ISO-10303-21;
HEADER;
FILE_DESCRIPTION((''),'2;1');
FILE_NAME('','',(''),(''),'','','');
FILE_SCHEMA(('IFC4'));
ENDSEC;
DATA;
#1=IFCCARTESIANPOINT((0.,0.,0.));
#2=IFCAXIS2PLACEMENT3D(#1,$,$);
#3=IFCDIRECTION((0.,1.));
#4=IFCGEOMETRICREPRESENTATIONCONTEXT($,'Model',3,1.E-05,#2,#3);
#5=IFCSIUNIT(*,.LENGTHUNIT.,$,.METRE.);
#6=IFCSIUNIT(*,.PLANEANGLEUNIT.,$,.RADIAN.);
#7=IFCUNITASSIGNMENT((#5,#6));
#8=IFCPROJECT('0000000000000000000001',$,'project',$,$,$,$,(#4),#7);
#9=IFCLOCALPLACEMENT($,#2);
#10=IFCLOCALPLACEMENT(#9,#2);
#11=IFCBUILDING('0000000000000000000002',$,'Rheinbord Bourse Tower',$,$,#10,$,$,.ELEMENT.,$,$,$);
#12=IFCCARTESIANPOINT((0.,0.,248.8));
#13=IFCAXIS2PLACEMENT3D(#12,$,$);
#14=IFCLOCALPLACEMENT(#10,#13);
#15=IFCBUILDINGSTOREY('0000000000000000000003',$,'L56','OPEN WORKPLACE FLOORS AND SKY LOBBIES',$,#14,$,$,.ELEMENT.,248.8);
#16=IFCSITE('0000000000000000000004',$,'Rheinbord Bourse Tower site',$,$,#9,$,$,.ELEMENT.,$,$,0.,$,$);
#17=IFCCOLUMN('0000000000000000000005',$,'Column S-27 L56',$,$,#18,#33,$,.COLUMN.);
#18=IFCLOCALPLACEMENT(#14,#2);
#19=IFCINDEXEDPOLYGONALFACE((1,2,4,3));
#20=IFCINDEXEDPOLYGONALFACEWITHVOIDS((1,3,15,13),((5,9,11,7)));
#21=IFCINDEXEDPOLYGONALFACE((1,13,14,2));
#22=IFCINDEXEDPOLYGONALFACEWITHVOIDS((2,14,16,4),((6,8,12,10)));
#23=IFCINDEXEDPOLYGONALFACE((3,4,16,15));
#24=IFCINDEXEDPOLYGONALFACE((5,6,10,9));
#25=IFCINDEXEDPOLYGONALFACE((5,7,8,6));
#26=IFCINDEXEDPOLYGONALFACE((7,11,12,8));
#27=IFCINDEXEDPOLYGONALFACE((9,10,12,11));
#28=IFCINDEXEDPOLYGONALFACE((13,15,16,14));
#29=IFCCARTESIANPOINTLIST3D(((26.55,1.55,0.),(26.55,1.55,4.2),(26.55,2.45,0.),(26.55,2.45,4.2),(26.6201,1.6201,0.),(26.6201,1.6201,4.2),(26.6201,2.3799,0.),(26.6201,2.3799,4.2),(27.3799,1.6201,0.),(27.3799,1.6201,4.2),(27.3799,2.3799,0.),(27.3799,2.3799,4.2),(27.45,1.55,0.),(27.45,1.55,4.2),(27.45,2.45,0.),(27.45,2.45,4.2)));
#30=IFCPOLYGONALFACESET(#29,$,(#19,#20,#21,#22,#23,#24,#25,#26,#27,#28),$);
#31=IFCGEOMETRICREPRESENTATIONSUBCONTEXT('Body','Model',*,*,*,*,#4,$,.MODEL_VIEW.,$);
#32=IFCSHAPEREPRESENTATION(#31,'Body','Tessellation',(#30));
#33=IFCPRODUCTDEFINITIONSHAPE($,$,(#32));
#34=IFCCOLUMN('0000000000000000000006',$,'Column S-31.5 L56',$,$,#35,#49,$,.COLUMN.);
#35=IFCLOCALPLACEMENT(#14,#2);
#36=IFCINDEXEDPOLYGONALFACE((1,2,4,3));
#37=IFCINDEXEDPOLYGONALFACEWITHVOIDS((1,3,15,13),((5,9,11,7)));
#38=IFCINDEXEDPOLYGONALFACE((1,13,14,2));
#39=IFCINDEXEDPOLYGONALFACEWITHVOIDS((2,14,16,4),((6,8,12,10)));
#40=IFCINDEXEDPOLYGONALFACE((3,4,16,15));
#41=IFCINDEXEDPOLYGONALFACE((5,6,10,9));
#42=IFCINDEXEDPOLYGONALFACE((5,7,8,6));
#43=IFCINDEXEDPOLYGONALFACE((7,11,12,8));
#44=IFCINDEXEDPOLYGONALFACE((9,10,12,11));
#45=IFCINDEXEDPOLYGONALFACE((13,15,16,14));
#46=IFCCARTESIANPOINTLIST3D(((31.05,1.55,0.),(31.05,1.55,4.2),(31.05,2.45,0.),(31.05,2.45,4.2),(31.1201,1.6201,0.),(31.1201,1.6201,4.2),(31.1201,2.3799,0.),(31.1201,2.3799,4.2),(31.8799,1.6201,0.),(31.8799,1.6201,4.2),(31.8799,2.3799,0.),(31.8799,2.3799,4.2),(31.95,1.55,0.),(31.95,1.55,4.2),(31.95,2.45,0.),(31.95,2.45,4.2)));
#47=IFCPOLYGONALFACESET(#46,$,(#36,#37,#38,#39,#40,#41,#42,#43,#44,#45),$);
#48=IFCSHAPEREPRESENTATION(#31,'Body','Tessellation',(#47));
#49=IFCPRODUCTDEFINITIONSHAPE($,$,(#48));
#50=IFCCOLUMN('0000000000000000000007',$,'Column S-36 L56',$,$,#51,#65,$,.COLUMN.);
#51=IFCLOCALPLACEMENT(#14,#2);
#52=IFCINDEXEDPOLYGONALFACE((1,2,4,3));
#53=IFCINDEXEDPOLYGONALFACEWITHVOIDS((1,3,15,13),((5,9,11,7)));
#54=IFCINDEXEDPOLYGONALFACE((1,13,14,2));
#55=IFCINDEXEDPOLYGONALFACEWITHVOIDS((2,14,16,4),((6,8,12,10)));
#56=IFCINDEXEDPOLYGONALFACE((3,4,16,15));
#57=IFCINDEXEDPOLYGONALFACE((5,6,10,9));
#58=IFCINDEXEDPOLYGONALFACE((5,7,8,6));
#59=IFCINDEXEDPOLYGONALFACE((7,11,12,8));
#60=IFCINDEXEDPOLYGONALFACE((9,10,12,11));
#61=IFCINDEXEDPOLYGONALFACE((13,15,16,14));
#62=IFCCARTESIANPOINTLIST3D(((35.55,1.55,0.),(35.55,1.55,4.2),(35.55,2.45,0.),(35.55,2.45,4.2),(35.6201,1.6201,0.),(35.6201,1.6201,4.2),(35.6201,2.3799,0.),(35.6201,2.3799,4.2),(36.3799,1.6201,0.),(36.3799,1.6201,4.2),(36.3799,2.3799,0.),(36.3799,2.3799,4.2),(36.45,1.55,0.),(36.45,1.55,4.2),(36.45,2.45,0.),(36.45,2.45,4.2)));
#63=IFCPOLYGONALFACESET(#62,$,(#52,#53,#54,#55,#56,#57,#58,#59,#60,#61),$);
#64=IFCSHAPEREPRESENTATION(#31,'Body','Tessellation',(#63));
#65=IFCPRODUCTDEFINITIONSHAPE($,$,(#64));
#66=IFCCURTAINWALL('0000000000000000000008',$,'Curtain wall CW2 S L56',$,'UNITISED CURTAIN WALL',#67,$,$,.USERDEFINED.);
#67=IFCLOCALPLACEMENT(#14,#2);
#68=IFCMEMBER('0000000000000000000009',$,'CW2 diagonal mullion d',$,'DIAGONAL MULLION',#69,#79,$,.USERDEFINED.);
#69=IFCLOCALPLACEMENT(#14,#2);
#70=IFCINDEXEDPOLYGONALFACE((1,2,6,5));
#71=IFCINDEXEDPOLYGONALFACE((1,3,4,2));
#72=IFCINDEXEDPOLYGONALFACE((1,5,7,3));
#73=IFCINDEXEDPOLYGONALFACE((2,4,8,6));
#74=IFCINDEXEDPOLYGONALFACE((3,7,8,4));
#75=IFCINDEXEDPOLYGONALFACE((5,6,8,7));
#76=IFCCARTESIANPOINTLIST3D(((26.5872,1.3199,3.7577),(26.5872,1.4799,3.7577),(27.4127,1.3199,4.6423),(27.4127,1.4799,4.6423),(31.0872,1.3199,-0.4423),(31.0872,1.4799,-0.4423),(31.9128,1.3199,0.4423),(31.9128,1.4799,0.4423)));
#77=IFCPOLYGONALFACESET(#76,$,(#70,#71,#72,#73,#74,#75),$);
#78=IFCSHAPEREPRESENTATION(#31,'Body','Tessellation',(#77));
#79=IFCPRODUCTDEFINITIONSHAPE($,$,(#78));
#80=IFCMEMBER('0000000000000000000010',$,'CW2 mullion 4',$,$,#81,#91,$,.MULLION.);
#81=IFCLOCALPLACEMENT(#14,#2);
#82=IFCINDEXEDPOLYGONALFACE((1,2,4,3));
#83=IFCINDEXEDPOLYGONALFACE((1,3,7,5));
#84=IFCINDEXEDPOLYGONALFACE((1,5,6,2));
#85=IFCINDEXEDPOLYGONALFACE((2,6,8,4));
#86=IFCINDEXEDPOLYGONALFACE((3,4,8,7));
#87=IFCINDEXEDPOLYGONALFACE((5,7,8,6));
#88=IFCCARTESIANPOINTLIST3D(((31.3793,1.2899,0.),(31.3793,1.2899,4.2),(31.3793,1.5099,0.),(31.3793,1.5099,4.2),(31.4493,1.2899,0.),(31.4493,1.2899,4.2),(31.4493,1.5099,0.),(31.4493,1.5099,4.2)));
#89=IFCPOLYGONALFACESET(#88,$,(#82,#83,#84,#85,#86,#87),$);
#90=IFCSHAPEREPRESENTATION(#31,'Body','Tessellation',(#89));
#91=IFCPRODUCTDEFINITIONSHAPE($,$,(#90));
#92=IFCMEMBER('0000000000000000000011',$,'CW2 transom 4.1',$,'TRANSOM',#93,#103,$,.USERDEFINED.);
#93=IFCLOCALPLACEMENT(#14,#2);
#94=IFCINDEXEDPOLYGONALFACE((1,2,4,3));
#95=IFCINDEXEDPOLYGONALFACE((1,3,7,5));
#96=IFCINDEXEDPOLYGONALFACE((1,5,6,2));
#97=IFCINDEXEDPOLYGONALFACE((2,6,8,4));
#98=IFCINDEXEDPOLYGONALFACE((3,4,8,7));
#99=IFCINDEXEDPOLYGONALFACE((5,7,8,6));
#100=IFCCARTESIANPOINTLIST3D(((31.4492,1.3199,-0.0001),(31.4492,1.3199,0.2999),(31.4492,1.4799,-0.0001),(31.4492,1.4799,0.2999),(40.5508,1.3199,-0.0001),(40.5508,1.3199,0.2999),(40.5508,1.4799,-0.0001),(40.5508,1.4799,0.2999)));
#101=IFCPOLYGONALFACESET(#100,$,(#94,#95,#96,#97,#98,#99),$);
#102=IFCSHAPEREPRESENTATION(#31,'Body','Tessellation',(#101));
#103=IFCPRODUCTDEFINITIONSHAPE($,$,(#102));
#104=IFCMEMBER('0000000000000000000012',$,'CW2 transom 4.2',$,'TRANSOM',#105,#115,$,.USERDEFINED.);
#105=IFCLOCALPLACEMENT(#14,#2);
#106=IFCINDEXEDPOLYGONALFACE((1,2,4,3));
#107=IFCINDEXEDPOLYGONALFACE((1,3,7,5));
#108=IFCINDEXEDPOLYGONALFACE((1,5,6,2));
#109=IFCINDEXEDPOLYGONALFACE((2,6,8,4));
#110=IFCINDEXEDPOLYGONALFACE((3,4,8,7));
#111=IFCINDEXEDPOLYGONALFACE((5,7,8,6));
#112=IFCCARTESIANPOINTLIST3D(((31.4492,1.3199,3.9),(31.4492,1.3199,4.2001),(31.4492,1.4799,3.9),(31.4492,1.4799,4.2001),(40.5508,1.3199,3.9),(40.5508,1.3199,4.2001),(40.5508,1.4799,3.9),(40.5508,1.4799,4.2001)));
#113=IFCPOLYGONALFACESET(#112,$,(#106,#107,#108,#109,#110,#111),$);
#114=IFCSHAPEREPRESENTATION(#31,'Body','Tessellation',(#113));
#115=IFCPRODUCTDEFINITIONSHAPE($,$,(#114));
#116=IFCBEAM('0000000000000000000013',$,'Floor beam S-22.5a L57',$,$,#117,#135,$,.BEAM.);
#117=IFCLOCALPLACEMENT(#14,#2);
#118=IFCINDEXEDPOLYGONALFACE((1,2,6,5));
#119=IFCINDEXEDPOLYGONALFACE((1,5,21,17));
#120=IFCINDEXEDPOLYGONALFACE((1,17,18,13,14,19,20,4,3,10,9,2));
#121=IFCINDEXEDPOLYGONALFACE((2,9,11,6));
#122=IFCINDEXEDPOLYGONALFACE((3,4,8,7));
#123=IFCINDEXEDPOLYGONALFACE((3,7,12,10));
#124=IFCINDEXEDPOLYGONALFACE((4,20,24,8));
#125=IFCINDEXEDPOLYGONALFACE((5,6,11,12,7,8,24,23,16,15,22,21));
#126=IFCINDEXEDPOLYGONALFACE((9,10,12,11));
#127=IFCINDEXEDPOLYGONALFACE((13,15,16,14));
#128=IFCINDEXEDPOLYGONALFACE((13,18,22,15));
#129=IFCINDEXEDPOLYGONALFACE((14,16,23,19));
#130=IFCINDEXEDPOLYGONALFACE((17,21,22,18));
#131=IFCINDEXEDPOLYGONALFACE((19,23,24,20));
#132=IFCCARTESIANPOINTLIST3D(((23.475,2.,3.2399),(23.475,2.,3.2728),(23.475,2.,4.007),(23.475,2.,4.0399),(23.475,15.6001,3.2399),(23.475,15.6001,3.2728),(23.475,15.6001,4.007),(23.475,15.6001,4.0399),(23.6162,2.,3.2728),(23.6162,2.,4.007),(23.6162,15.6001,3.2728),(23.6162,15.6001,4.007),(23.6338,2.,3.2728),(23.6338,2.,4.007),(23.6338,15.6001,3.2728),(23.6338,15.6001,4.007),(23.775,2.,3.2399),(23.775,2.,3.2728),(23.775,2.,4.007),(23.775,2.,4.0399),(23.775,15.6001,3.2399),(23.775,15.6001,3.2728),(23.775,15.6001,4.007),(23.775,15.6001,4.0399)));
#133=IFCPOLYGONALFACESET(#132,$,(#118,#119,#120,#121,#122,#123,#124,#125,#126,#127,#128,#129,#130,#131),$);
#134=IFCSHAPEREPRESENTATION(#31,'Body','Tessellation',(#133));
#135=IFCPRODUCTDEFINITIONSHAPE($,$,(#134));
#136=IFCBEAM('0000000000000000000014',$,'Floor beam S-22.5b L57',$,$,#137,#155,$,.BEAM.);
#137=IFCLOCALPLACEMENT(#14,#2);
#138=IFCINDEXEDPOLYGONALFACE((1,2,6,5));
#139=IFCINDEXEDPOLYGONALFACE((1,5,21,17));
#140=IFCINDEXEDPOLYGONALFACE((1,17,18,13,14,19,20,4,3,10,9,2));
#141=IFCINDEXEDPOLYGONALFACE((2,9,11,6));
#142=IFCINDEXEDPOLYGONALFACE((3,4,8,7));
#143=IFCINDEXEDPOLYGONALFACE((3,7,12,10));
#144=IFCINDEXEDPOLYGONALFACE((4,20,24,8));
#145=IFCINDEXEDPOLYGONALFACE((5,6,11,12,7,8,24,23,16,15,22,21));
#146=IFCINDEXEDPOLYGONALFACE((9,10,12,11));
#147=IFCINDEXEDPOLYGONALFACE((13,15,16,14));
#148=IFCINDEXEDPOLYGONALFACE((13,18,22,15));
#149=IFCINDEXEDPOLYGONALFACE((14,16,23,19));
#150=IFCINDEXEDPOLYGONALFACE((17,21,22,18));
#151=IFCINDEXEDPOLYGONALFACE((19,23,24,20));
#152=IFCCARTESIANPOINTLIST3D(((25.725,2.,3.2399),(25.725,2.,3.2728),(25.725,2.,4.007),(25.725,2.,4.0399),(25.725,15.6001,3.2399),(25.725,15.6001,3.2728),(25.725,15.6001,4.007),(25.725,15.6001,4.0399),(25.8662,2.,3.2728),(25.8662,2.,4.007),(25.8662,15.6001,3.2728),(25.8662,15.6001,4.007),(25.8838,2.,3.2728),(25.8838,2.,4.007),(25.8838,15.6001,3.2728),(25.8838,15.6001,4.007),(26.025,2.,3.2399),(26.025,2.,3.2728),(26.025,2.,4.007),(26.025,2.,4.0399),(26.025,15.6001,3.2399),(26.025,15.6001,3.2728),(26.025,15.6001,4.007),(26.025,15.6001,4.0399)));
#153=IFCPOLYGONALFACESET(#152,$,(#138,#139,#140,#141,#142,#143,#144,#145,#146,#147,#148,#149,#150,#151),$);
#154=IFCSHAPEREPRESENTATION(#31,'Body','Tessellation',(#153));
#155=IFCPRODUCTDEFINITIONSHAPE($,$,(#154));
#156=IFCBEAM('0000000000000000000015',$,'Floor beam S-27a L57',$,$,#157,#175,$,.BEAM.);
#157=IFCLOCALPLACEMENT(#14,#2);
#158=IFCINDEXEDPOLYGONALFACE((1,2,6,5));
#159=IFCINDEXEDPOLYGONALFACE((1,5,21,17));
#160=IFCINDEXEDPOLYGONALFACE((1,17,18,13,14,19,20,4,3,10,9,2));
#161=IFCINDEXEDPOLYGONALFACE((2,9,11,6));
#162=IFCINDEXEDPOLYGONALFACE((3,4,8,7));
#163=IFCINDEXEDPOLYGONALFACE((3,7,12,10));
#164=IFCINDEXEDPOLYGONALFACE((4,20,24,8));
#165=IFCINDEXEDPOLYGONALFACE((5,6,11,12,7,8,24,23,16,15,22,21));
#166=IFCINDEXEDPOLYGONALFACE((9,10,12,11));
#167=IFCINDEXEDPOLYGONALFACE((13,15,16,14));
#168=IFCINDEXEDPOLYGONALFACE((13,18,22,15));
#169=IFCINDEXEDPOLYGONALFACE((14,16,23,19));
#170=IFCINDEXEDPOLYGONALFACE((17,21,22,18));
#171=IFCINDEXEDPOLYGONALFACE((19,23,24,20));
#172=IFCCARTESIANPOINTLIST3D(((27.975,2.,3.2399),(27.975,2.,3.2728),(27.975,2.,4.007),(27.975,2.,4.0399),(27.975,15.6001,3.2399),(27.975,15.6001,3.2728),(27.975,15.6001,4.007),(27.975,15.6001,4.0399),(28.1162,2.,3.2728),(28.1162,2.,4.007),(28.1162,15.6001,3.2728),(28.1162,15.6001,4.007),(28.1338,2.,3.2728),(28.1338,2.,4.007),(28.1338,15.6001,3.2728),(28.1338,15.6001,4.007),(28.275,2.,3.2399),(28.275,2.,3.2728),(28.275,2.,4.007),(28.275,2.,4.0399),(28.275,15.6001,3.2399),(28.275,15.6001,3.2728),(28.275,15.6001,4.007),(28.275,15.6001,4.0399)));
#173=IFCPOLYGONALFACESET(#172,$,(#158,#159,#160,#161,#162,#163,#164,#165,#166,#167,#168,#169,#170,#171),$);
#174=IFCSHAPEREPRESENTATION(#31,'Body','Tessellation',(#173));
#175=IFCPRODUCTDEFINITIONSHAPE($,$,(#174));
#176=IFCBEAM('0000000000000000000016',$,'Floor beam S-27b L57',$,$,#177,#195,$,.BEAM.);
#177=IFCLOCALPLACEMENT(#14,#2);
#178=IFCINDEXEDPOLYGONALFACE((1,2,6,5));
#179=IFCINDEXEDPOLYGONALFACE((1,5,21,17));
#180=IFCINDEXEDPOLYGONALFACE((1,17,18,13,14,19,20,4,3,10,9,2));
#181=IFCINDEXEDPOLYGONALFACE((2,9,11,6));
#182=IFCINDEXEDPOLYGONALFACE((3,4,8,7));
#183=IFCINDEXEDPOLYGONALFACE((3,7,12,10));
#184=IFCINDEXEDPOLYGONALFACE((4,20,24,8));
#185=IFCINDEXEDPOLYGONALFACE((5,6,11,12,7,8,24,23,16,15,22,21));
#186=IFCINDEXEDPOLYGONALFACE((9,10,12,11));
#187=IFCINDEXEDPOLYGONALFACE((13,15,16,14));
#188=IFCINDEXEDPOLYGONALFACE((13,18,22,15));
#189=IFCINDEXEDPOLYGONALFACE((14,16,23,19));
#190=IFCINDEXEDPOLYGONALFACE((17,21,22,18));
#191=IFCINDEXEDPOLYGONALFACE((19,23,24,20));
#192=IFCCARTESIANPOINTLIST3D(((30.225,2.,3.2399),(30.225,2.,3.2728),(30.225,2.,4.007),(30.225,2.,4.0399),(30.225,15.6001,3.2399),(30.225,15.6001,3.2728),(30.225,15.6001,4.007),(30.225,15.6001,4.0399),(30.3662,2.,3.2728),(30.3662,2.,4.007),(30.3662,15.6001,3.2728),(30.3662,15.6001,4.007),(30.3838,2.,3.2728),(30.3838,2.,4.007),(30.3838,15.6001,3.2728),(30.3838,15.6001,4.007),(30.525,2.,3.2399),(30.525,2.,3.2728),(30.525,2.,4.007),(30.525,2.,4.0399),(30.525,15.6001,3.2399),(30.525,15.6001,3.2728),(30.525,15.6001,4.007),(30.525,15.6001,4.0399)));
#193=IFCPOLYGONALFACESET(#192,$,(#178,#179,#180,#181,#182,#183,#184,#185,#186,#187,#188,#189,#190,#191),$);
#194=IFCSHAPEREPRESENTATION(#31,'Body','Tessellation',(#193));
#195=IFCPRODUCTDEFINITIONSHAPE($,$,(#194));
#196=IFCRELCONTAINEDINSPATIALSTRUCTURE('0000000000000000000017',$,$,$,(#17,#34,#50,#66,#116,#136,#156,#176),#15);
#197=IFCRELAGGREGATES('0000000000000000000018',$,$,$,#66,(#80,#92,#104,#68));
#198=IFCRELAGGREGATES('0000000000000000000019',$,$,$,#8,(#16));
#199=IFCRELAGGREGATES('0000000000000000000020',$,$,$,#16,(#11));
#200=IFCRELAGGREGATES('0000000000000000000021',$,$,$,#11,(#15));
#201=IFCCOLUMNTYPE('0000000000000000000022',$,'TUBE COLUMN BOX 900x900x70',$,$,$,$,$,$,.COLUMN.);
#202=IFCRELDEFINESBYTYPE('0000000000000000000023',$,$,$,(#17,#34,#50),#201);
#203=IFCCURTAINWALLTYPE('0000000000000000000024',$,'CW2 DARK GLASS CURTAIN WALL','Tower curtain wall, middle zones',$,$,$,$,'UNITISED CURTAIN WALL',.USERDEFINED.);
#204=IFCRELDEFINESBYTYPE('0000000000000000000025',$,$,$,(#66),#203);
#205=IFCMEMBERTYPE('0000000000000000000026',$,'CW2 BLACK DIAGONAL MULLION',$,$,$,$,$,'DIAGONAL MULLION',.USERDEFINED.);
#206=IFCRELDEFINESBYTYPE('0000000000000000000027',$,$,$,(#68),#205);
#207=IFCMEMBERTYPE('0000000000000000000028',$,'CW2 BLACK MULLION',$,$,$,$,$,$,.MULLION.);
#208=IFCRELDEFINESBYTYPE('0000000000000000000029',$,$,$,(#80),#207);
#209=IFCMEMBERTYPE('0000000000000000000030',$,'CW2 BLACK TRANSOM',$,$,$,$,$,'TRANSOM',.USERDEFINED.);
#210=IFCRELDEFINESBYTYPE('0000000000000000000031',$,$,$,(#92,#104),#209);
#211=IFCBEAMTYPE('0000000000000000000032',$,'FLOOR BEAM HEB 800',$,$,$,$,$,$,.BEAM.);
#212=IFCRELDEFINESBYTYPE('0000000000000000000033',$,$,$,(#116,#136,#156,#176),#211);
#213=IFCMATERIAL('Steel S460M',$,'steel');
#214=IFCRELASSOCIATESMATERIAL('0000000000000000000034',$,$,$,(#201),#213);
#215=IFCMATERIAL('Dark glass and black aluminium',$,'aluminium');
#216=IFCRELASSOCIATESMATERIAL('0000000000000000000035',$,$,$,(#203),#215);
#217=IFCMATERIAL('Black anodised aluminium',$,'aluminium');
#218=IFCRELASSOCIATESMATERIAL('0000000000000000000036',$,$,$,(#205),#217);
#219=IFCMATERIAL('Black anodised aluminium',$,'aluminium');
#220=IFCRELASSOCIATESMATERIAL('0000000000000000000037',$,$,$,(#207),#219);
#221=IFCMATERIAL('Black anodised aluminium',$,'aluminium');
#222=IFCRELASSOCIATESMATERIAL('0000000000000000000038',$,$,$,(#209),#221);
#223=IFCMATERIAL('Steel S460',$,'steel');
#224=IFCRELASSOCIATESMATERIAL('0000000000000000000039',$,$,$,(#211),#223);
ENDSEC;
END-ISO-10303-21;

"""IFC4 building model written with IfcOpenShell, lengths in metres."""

from ifc_helpers import new_model, si_unit, direction, frame, origin, origin_2d, place, context, subcontext, project, spatial, rectangle, hollow_rectangle, i_section, extrude, material, material_profile, profile_set, type_object, element, aggregate, save


model = new_model("IFC4")

# Units and contexts
model_context = context("Model", 3, precision=1e-05, world=origin(), true_north=direction((0.0, 1.0)))
body_context = subcontext(model_context, "Body", "Model", "MODEL_VIEW")
ifc_project = project(units=[si_unit("LENGTHUNIT", "METRE"), si_unit("PLANEANGLEUNIT", "RADIAN")], contexts=[model_context])

# Site, building, storey
site_placement = place(None, origin())
site = spatial("IfcSite", under=ifc_project, at=site_placement, Name="Rheinbord Bourse Tower site", CompositionType="ELEMENT", RefElevation=0.0)
building_placement = place(site_placement, origin())
building = spatial("IfcBuilding", under=site, at=building_placement, Name="Rheinbord Bourse Tower", CompositionType="ELEMENT")
storey_placement = place(building_placement, frame((0.0, 0.0, 248.8)))
storey = spatial("IfcBuildingStorey", under=building, at=storey_placement, Name="L56", Description="OPEN WORKPLACE FLOORS AND SKY LOBBIES", CompositionType="ELEMENT", Elevation=248.8)

# Columns
ifc_material_1 = material(Name="Steel S460M", Category="steel")
ifc_material_profile_1 = material_profile(ifc_material_1, hollow_rectangle(XDim=0.8999, YDim=0.8999, WallThickness=0.0701, at=origin_2d()), Name="BOX 900x900x70")
ifc_profile_set_1 = profile_set([ifc_material_profile_1], Name="Steel S460M")
column_type = type_object("IfcColumnType", Name="TUBE COLUMN BOX 900x900x70", PredefinedType="COLUMN", material=ifc_profile_set_1)
for number, where, z_axis, x_axis, name in (
    (1, (27.0, 2.0, 0.0), (0.0, 0.0, 1.0), (0.0, 1.0, 0.0), "Column S-27 L56"),
    (2, (31.5, 2.0, 0.0), (0.0, 0.0, 1.0), (0.0, 1.0, 0.0), "Column S-31.5 L56"),
    (3, (36.0, 2.0, 0.0), (0.0, 0.0, 1.0), (0.0, 1.0, 0.0), "Column S-36 L56"),
):
    element("IfcColumn", number, at=place(storey_placement, frame(where, z_axis=z_axis, x_axis=x_axis)), inside=storey, type_object=column_type, Name=name, PredefinedType="COLUMN", context=body_context, shape_type="SweptSolid", body=[
        extrude(hollow_rectangle(XDim=0.8999, YDim=0.8999, WallThickness=0.0701, at=origin_2d()), origin(), (0.0, 0.0, 1.0), 4.2),
    ])

# Curtain wall, members
ifc_material_2 = material(Name="Dark glass and black aluminium", Category="aluminium")
curtain_wall_type = type_object("IfcCurtainWallType", Name="CW2 DARK GLASS CURTAIN WALL", Description="Tower curtain wall, middle zones", ElementType="UNITISED CURTAIN WALL", PredefinedType="USERDEFINED", material=ifc_material_2)
curtain_wall_placement = place(storey_placement, origin())
curtain_wall = element("IfcCurtainWall", 4, at=curtain_wall_placement, inside=storey, type_object=curtain_wall_type, Name="Curtain wall CW2 S L56", ObjectType="UNITISED CURTAIN WALL", PredefinedType="USERDEFINED")
ifc_material_3 = material(Name="Black anodised aluminium", Category="aluminium")
ifc_material_profile_2 = material_profile(ifc_material_3, rectangle(XDim=0.1599, YDim=1.21, at=origin_2d()), Name="CW2 DIAGONAL MULLION 1210x160")
ifc_profile_set_2 = profile_set([ifc_material_profile_2], Name="Black anodised aluminium")
member_type_1 = type_object("IfcMemberType", Name="CW2 BLACK DIAGONAL MULLION", ElementType="DIAGONAL MULLION", PredefinedType="USERDEFINED", material=ifc_profile_set_2)
member_1_placement = place(storey_placement, frame((31.5, 1.3999, 0.0), z_axis=(-0.731059, 0.0, 0.682314), x_axis=(0.0, -1.0, 0.0)))
member_1 = element("IfcMember", 5, at=member_1_placement, type_object=member_type_1, Name="CW2 diagonal mullion d", ObjectType="DIAGONAL MULLION", PredefinedType="USERDEFINED", context=body_context, shape_type="SweptSolid", body=[
    extrude(rectangle(XDim=0.1599, YDim=1.21, at=origin_2d()), origin(), (0.0, 0.0, 1.0), 6.1555),
])
ifc_material_4 = material(Name="Black anodised aluminium", Category="aluminium")
ifc_material_profile_3 = material_profile(ifc_material_4, rectangle(XDim=0.22, YDim=0.0701, at=origin_2d()), Name="CW2 MULLION 70x220")
ifc_profile_set_3 = profile_set([ifc_material_profile_3], Name="Black anodised aluminium")
member_type_2 = type_object("IfcMemberType", Name="CW2 BLACK MULLION", PredefinedType="MULLION", material=ifc_profile_set_3)
member_2_placement = place(storey_placement, frame((31.4143, 1.3999, 0.0), z_axis=(0.0, 0.0, 1.0), x_axis=(0.0, 1.0, 0.0)))
member_2 = element("IfcMember", 6, at=member_2_placement, type_object=member_type_2, Name="CW2 mullion 4", PredefinedType="MULLION", context=body_context, shape_type="SweptSolid", body=[
    extrude(rectangle(XDim=0.22, YDim=0.0701, at=origin_2d()), origin(), (0.0, 0.0, 1.0), 4.2),
])
ifc_material_5 = material(Name="Black anodised aluminium", Category="aluminium")
ifc_material_profile_4 = material_profile(ifc_material_5, rectangle(XDim=0.1599, YDim=0.3, at=origin_2d()), Name="CW2 TRANSOM 300x160")
ifc_profile_set_4 = profile_set([ifc_material_profile_4], Name="Black anodised aluminium")
member_type_3 = type_object("IfcMemberType", Name="CW2 BLACK TRANSOM", ElementType="TRANSOM", PredefinedType="USERDEFINED", material=ifc_profile_set_4)
member_3_placement = place(storey_placement, frame((31.4492, 1.3999, 0.1499), z_axis=(1.0, 0.0, 0.0), x_axis=(0.0, 1.0, 0.0)))
member_3 = element("IfcMember", 7, at=member_3_placement, type_object=member_type_3, Name="CW2 transom 4.1", ObjectType="TRANSOM", PredefinedType="USERDEFINED", context=body_context, shape_type="SweptSolid", body=[
    extrude(rectangle(XDim=0.1599, YDim=0.3, at=origin_2d()), origin(), (0.0, 0.0, 1.0), 9.1016),
])
member_4_placement = place(storey_placement, frame((31.4492, 1.3999, 4.05), z_axis=(1.0, 0.0, 0.0), x_axis=(0.0, 1.0, 0.0)))
member_4 = element("IfcMember", 8, at=member_4_placement, type_object=member_type_3, Name="CW2 transom 4.2", ObjectType="TRANSOM", PredefinedType="USERDEFINED", context=body_context, shape_type="SweptSolid", body=[
    extrude(rectangle(XDim=0.1599, YDim=0.3, at=origin_2d()), origin(), (0.0, 0.0, 1.0), 9.1016),
])

# Beams
ifc_material_6 = material(Name="Steel S460", Category="steel")
ifc_material_profile_5 = material_profile(ifc_material_6, i_section(OverallWidth=0.3, OverallDepth=0.8, WebThickness=0.0176, FlangeThickness=0.033, at=origin_2d()), Name="HEB 800")
ifc_profile_set_5 = profile_set([ifc_material_profile_5], Name="Steel S460")
beam_type_1 = type_object("IfcBeamType", Name="FLOOR BEAM HEB 800", PredefinedType="BEAM", material=ifc_profile_set_5)
for number, where, z_axis, x_axis, name in (
    (9, (23.625, 2.0, 3.6399), (0.0, 1.0, 0.0), (-1.0, 0.0, 0.0), "Floor beam S-22.5a L57"),
    (10, (25.875, 2.0, 3.6399), (0.0, 1.0, 0.0), (-1.0, 0.0, 0.0), "Floor beam S-22.5b L57"),
    (11, (28.125, 2.0, 3.6399), (0.0, 1.0, 0.0), (-1.0, 0.0, 0.0), "Floor beam S-27a L57"),
    (12, (30.375, 2.0, 3.6399), (0.0, 1.0, 0.0), (-1.0, 0.0, 0.0), "Floor beam S-27b L57"),
):
    element("IfcBeam", number, at=place(storey_placement, frame(where, z_axis=z_axis, x_axis=x_axis)), inside=storey, type_object=beam_type_1, Name=name, PredefinedType="BEAM", context=body_context, shape_type="SweptSolid", body=[
        extrude(i_section(OverallWidth=0.3, OverallDepth=0.8, WebThickness=0.0176, FlangeThickness=0.033, at=origin_2d()), origin(), (0.0, 0.0, 1.0), 13.6001),
    ])

aggregate(curtain_wall, [member_2, member_3, member_4, member_1])

save(model, "model.ifc")
